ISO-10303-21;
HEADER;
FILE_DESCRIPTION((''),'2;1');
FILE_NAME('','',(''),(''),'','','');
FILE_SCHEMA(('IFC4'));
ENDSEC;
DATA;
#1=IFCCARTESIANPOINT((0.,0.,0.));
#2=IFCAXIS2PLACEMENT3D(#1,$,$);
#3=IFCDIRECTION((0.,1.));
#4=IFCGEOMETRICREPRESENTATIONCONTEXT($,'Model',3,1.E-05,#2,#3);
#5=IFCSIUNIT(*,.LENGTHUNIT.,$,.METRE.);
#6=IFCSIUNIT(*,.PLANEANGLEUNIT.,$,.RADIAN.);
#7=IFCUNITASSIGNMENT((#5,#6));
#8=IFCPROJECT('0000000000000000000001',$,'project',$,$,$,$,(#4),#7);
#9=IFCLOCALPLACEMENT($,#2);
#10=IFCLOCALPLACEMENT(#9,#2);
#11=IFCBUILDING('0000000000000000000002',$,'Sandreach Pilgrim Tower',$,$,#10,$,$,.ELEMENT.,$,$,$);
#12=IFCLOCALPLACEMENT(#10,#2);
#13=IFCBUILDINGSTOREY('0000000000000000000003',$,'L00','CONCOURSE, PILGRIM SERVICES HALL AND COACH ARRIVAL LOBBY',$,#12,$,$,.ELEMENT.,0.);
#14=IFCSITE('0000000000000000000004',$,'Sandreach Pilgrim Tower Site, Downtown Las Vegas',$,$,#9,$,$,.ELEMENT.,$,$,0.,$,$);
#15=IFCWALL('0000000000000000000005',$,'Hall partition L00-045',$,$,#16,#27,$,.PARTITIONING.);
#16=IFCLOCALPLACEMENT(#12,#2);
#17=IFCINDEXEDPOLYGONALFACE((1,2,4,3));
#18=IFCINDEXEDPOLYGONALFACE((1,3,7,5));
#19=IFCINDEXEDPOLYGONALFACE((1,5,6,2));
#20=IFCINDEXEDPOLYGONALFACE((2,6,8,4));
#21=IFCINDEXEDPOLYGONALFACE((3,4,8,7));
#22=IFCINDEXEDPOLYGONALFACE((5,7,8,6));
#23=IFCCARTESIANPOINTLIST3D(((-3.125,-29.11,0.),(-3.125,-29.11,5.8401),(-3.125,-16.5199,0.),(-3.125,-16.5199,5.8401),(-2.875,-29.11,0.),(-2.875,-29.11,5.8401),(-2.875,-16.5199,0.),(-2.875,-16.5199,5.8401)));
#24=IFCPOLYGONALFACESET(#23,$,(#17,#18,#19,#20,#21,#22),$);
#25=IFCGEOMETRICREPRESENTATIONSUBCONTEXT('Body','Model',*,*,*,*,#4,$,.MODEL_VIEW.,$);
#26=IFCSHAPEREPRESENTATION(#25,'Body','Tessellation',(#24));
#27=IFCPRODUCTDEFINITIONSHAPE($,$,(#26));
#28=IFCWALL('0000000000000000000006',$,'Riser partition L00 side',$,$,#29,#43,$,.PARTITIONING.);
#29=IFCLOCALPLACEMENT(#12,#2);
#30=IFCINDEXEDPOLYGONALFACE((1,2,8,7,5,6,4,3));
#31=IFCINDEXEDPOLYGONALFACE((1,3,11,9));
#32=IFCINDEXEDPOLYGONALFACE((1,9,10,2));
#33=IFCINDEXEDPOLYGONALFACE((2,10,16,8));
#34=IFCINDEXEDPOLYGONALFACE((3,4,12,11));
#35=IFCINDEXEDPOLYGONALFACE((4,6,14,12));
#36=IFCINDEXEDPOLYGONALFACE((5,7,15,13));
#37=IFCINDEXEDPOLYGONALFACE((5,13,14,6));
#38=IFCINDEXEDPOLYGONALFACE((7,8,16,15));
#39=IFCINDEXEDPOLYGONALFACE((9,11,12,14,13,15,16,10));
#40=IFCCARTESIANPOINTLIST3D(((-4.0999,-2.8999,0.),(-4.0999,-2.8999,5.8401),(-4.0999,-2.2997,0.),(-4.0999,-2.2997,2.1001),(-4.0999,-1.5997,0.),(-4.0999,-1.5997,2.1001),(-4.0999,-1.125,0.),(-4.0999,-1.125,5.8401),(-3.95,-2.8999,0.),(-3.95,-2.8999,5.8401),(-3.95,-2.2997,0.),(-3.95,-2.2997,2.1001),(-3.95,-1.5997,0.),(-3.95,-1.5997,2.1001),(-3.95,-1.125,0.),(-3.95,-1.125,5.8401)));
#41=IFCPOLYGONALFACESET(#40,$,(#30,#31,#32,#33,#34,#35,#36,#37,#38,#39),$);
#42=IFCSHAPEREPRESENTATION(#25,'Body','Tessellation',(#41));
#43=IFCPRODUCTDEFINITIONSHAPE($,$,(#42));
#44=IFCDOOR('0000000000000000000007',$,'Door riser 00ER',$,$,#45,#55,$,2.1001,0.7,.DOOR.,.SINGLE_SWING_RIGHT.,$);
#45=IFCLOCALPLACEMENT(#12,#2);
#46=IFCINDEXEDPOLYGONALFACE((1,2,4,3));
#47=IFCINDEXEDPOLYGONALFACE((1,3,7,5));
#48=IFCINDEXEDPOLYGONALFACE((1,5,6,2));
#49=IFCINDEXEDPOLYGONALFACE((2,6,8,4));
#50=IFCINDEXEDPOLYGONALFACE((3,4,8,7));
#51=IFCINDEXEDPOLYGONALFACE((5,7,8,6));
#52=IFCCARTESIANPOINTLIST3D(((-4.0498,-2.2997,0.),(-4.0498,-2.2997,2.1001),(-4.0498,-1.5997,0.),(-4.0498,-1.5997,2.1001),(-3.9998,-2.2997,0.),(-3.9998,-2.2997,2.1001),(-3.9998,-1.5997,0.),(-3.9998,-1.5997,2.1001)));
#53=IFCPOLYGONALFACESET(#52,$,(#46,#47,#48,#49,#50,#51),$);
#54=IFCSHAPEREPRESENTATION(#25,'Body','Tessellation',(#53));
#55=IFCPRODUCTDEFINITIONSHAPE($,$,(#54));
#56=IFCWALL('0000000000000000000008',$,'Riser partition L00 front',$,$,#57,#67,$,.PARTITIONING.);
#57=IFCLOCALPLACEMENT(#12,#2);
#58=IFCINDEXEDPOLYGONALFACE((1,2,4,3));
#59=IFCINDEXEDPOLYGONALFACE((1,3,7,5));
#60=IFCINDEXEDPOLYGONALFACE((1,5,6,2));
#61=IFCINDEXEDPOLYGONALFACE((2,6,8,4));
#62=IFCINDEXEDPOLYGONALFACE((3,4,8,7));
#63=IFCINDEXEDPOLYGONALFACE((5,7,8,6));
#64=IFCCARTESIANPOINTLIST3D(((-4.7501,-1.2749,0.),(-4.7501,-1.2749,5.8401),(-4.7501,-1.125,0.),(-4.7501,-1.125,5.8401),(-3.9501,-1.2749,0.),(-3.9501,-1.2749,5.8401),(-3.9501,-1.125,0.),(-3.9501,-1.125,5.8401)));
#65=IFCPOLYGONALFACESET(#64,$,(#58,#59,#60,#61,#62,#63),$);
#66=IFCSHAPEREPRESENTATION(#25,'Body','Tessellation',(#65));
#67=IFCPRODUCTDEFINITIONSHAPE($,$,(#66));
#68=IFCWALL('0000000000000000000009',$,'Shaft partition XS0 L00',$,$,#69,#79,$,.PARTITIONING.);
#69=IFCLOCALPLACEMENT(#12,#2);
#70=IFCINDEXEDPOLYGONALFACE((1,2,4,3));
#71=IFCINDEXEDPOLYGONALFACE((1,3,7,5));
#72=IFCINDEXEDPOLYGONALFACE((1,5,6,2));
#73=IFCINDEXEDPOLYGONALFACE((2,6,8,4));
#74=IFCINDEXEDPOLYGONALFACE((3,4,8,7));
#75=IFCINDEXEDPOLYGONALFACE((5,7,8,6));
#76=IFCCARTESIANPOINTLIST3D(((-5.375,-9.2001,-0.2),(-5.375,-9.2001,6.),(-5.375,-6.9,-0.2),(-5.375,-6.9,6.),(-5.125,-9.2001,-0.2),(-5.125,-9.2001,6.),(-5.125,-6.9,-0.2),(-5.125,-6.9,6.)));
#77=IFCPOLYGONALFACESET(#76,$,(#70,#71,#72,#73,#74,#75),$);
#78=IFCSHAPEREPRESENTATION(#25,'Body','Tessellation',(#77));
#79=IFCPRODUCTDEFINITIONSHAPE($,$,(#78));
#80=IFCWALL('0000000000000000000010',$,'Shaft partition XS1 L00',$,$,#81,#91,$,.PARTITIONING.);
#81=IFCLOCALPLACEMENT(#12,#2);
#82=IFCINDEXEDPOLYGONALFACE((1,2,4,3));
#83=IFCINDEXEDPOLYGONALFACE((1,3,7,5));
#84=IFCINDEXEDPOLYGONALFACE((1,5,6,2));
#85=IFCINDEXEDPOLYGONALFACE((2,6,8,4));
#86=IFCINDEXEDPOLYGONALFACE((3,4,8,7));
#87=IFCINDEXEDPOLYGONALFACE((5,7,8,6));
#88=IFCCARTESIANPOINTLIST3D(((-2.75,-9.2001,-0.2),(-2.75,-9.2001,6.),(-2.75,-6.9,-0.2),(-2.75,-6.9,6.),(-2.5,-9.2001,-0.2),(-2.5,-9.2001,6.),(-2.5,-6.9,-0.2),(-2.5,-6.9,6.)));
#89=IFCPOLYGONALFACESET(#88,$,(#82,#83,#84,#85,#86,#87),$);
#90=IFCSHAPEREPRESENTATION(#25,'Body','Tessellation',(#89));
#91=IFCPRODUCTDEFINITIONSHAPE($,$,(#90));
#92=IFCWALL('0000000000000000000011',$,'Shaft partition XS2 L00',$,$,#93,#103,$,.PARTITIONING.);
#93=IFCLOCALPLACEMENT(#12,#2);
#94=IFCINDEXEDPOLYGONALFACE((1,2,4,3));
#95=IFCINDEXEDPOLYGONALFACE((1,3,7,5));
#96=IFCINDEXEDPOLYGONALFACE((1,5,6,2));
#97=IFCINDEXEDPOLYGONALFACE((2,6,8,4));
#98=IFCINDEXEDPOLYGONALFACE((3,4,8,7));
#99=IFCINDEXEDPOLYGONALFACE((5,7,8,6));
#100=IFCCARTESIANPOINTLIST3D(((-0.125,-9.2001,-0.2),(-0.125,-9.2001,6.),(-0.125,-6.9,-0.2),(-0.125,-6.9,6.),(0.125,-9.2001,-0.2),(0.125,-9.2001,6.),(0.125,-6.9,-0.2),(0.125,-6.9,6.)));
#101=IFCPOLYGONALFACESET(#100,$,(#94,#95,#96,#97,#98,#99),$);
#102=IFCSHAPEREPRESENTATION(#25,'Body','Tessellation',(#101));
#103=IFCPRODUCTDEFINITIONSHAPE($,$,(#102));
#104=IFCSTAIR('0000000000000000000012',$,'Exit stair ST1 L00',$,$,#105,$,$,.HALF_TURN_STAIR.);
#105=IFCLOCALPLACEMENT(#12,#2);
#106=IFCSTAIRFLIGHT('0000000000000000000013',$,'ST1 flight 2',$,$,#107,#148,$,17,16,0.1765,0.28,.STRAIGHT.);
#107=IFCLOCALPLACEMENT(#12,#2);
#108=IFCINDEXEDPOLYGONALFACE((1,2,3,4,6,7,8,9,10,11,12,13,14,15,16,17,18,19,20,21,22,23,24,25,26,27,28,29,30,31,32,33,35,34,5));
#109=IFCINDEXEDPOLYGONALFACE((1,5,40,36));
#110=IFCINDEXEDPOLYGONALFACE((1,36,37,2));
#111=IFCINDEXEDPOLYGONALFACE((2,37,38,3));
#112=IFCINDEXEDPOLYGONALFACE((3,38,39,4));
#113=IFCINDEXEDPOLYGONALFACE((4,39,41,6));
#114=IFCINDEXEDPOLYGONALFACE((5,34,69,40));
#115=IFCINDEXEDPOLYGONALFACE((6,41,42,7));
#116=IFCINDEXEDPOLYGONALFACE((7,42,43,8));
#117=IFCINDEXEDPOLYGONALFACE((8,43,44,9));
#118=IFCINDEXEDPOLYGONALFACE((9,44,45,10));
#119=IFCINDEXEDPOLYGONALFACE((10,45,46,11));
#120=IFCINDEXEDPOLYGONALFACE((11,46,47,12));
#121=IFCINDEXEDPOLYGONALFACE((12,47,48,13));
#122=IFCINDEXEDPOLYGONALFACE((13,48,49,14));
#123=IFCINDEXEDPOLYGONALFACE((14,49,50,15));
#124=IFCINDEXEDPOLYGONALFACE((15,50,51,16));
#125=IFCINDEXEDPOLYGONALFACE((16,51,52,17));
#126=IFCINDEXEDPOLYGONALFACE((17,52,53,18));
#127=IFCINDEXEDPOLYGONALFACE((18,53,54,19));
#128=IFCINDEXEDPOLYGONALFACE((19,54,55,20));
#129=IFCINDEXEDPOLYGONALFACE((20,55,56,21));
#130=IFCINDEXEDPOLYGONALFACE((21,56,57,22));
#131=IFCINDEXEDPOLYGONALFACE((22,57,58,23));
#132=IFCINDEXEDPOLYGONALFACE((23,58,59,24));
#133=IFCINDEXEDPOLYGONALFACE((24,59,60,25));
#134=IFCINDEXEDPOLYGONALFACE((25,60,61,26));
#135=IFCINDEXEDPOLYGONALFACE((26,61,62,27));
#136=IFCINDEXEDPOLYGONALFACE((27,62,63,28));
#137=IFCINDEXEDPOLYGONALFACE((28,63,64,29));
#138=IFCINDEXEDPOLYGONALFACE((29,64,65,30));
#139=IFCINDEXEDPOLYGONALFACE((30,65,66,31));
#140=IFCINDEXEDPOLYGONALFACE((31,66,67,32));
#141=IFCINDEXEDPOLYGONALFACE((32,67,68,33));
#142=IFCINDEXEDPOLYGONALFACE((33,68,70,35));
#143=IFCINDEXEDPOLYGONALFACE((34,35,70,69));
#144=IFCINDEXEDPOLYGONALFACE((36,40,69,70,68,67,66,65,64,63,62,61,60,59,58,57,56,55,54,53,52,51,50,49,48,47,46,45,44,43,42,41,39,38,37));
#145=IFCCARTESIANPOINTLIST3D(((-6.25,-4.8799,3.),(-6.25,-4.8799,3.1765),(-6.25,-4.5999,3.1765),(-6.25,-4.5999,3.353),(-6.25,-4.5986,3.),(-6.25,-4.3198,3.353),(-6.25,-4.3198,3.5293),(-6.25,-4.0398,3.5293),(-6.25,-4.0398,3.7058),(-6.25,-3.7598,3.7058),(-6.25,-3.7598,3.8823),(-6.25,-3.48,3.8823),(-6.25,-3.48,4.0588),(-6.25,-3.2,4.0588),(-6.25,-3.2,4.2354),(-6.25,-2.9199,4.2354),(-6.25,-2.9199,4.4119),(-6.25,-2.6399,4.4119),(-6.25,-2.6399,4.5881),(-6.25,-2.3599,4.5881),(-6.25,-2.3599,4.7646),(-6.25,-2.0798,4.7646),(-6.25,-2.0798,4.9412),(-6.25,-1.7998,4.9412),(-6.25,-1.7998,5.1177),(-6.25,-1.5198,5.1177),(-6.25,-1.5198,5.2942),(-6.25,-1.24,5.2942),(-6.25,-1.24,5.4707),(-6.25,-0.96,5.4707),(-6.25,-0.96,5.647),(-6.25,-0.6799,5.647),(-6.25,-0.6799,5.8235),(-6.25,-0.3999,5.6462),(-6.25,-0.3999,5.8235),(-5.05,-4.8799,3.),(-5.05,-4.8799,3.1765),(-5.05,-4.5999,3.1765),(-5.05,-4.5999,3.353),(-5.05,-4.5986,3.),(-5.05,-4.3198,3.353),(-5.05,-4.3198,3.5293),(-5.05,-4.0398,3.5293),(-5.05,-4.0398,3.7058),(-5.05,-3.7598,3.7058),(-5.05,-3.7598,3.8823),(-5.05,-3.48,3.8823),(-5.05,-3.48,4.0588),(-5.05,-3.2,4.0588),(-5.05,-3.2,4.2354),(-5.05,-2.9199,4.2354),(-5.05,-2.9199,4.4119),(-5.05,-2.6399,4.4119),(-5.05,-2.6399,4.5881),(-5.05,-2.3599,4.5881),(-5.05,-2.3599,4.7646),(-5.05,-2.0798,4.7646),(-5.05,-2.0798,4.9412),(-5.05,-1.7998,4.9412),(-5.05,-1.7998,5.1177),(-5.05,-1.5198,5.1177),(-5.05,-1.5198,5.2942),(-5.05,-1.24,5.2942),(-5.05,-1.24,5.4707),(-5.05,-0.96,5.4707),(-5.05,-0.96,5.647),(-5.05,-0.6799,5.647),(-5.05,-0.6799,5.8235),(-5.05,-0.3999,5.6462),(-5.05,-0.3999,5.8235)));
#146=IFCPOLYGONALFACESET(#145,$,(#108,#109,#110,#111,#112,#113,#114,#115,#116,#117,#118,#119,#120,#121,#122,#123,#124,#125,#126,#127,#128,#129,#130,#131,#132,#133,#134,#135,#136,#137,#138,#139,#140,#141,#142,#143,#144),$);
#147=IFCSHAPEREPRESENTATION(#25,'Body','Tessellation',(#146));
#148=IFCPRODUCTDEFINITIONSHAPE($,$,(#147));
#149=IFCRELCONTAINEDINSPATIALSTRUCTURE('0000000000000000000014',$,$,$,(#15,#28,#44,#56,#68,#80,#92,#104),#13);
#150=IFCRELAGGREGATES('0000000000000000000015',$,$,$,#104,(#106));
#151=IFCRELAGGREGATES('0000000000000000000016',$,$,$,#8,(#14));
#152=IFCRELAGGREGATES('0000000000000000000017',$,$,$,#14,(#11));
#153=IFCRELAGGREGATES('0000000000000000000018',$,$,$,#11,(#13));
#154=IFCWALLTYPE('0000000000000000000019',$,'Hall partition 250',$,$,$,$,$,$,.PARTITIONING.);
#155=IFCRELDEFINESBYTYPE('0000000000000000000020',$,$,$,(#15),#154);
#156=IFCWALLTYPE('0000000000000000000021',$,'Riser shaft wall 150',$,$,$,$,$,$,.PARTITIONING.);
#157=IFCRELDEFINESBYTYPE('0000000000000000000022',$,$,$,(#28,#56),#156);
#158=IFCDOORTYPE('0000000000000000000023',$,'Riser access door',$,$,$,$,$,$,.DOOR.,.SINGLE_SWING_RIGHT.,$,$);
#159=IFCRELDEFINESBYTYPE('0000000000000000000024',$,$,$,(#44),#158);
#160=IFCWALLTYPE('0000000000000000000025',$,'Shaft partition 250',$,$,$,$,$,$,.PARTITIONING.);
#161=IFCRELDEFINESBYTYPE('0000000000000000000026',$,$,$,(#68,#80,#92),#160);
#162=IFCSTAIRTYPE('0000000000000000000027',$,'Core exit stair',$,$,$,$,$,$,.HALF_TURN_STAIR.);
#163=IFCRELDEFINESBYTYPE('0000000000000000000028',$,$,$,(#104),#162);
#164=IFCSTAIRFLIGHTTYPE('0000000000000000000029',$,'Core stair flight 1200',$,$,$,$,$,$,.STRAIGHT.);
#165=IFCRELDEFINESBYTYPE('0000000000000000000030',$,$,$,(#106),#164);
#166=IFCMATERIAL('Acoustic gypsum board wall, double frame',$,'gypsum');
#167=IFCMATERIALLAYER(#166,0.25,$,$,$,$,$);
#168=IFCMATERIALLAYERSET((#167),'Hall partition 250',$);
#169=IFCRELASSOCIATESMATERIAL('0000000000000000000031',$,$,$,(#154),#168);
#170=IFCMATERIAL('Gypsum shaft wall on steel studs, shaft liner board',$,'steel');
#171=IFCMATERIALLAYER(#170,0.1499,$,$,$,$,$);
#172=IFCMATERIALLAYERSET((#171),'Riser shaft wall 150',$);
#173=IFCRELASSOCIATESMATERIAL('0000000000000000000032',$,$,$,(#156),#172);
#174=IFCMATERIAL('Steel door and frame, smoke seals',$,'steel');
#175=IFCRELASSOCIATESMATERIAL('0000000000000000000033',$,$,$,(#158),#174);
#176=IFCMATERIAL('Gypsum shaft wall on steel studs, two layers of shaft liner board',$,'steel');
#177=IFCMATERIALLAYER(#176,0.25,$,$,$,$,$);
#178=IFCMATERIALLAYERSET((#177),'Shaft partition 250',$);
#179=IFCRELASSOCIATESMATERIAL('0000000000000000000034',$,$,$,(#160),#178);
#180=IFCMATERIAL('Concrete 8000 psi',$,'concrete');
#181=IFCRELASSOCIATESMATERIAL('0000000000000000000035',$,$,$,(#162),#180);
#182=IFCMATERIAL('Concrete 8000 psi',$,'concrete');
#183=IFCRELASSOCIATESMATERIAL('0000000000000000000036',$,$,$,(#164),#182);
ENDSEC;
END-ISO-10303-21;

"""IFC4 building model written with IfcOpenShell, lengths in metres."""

from ifc_helpers import new_model, si_unit, direction, frame, frame_2d, origin, place, context, subcontext, project, spatial, polyline, rectangle, outline, extrude, material, layer, layer_set, type_object, element, fill, aggregate, save


model = new_model("IFC4")

# Units and contexts
model_context = context("Model", 3, precision=1e-05, world=origin(), true_north=direction((0.0, 1.0)))
body_context = subcontext(model_context, "Body", "Model", "MODEL_VIEW")
ifc_project = project(units=[si_unit("LENGTHUNIT", "METRE"), si_unit("PLANEANGLEUNIT", "RADIAN")], contexts=[model_context])

# Site, building, storey
site_placement = place(None, origin())
site = spatial("IfcSite", under=ifc_project, at=site_placement, Name="Sandreach Pilgrim Tower Site, Downtown Las Vegas", CompositionType="ELEMENT", RefElevation=0.0)
building_placement = place(site_placement, origin())
building = spatial("IfcBuilding", under=site, at=building_placement, Name="Sandreach Pilgrim Tower", CompositionType="ELEMENT")
storey_placement = place(building_placement, origin())
storey = spatial("IfcBuildingStorey", under=building, at=storey_placement, Name="L00", Description="CONCOURSE, PILGRIM SERVICES HALL AND COACH ARRIVAL LOBBY", CompositionType="ELEMENT", Elevation=0.0)

# Wall
ifc_material_1 = material(Name="Acoustic gypsum board wall, double frame", Category="gypsum")
ifc_layer_1 = layer(ifc_material_1, 0.25)
ifc_layer_set_1 = layer_set([ifc_layer_1], Name="Hall partition 250")
wall_type_1 = type_object("IfcWallType", Name="Hall partition 250", PredefinedType="PARTITIONING", material=ifc_layer_set_1)
wall_1_placement = place(storey_placement, frame((-3.0, -16.52, 0.0), z_axis=(0.0, 0.0, 1.0), x_axis=(0.0, -1.0, 0.0)))
element("IfcWall", 1, at=wall_1_placement, inside=storey, type_object=wall_type_1, Name="Hall partition L00-045", PredefinedType="PARTITIONING", context=body_context, shape_type="SweptSolid", body=[
    extrude(rectangle(XDim=12.5901, YDim=0.25, at=frame_2d((6.2949, 0.0))), origin(), (0.0, 0.0, 1.0), 5.8401),
])

# Wall, opening, door
ifc_material_2 = material(Name="Gypsum shaft wall on steel studs, shaft liner board", Category="steel")
ifc_layer_2 = layer(ifc_material_2, 0.1499)
ifc_layer_set_2 = layer_set([ifc_layer_2], Name="Riser shaft wall 150")
wall_type_2 = type_object("IfcWallType", Name="Riser shaft wall 150", PredefinedType="PARTITIONING", material=ifc_layer_set_2)
wall_2_placement = place(storey_placement, frame((-4.0249, -2.8999, 0.0), z_axis=(0.0, 0.0, 1.0), x_axis=(0.0, 1.0, 0.0)))
wall_2 = element("IfcWall", 2, at=wall_2_placement, inside=storey, type_object=wall_type_2, Name="Riser partition L00 side", PredefinedType="PARTITIONING", context=body_context, shape_type="SweptSolid", body=[
    extrude(rectangle(XDim=1.7749, YDim=0.1499, at=frame_2d((0.8875, 0.0))), origin(), (0.0, 0.0, 1.0), 5.8401),
])
opening_1_placement = place(wall_2_placement, frame((0.6001, 0.0, 0.0)))
opening_1 = element("IfcOpeningElement", 3, at=opening_1_placement, cuts=wall_2, PredefinedType="OPENING", context=body_context, shape_type="SweptSolid", body=[
    extrude(rectangle(XDim=0.7, YDim=2.1001, at=frame_2d((0.3501, 1.05))), frame((0.0, 0.075, 0.0), z_axis=(0.0, -1.0, 0.0), x_axis=(1.0, 0.0, 0.0)), (0.0, 0.0, 1.0), 0.1499),
])
ifc_material_3 = material(Name="Steel door and frame, smoke seals", Category="steel")
door_type_1 = type_object("IfcDoorType", Name="Riser access door", OperationType="SINGLE_SWING_RIGHT", PredefinedType="DOOR", material=ifc_material_3)
door_1_placement = place(opening_1_placement, origin())
door_1 = element("IfcDoor", 4, at=door_1_placement, inside=storey, type_object=door_type_1, Name="Door riser 00ER", OperationType="SINGLE_SWING_RIGHT", OverallHeight=2.1001, OverallWidth=0.7, PredefinedType="DOOR", context=body_context, shape_type="SweptSolid", body=[
    extrude(rectangle(XDim=0.7, YDim=2.1001, at=frame_2d((0.3501, 1.05))), frame((0.0, 0.0249, 0.0), z_axis=(0.0, -1.0, 0.0), x_axis=(1.0, 0.0, 0.0)), (0.0, 0.0, 1.0), 0.05),
])
fill(opening_1, door_1)

# Walls
wall_3_placement = place(storey_placement, frame((-4.75, -1.2, 0.0), z_axis=(0.0, 0.0, 1.0), x_axis=(1.0, 0.0, 0.0)))
element("IfcWall", 5, at=wall_3_placement, inside=storey, type_object=wall_type_2, Name="Riser partition L00 front", PredefinedType="PARTITIONING", context=body_context, shape_type="SweptSolid", body=[
    extrude(rectangle(XDim=0.8, YDim=0.1499, at=frame_2d((0.3999, 0.0))), origin(), (0.0, 0.0, 1.0), 5.8401),
])
ifc_material_4 = material(Name="Gypsum shaft wall on steel studs, two layers of shaft liner board", Category="steel")
ifc_layer_3 = layer(ifc_material_4, 0.25)
ifc_layer_set_3 = layer_set([ifc_layer_3], Name="Shaft partition 250")
wall_type_3 = type_object("IfcWallType", Name="Shaft partition 250", PredefinedType="PARTITIONING", material=ifc_layer_set_3)
for number, where, z_axis, x_axis, name in (
    (6, (-5.25, -9.2, -0.2), (0.0, 0.0, 1.0), (0.0, 1.0, 0.0), "Shaft partition XS0 L00"),
    (7, (-2.625, -9.2, -0.2), (0.0, 0.0, 1.0), (0.0, 1.0, 0.0), "Shaft partition XS1 L00"),
    (8, (0.0, -9.2, -0.2), (0.0, 0.0, 1.0), (0.0, 1.0, 0.0), "Shaft partition XS2 L00"),
):
    element("IfcWall", number, at=place(storey_placement, frame(where, z_axis=z_axis, x_axis=x_axis)), inside=storey, type_object=wall_type_3, Name=name, PredefinedType="PARTITIONING", context=body_context, shape_type="SweptSolid", body=[
        extrude(rectangle(XDim=2.3, YDim=0.25, at=frame_2d((1.1499, 0.0))), origin(), (0.0, 0.0, 1.0), 6.2),
    ])

# Stair, stair flight
ifc_material_5 = material(Name="Concrete 8000 psi", Category="concrete")
stair_type = type_object("IfcStairType", Name="Core exit stair", PredefinedType="HALF_TURN_STAIR", material=ifc_material_5)
stair_1_placement = place(storey_placement, origin())
stair_1 = element("IfcStair", 9, at=stair_1_placement, inside=storey, type_object=stair_type, Name="Exit stair ST1 L00", PredefinedType="HALF_TURN_STAIR")
ifc_material_6 = material(Name="Concrete 8000 psi", Category="concrete")
stair_flight_type = type_object("IfcStairFlightType", Name="Core stair flight 1200", PredefinedType="STRAIGHT", material=ifc_material_6)
stair_flight_1_placement = place(storey_placement, frame((-5.6499, -4.8799, 3.0), z_axis=(0.0, 0.0, 1.0), x_axis=(0.0, 1.0, 0.0)))
stair_flight_1 = element("IfcStairFlight", 10, at=stair_flight_1_placement, type_object=stair_flight_type, Name="ST1 flight 2", NumberOfRisers=17, NumberOfTreads=16, PredefinedType="STRAIGHT", RiserHeight=0.1765, TreadLength=0.28, context=body_context, shape_type="SweptSolid", body=[
    extrude(outline(polyline([(0.0, 0.0), (0.0, 0.1765), (0.28, 0.1765), (0.28, 0.353), (0.5601, 0.353), (0.5601, 0.5293), (0.8401, 0.5293), (0.8401, 0.7058), (1.1201, 0.7058), (1.1201, 0.8823), (1.3999, 0.8823), (1.3999, 1.0588), (1.6799, 1.0588), (1.6799, 1.2354), (1.96, 1.2354), (1.96, 1.4119), (2.24, 1.4119), (2.24, 1.5881), (2.52, 1.5881), (2.52, 1.7646), (2.8, 1.7646), (2.8, 1.9412), (3.0801, 1.9412), (3.0801, 2.1177), (3.3601, 2.1177), (3.3601, 2.2942), (3.6399, 2.2942), (3.6399, 2.4707), (3.9199, 2.4707), (3.9199, 2.647), (4.2, 2.647), (4.2, 2.8235), (4.48, 2.8235), (4.48, 3.0), (4.48, 2.6462), (0.2812, 0.0), (0.0, 0.0)])), frame((0.0, 0.6001, 0.0), z_axis=(0.0, -1.0, 0.0), x_axis=(1.0, 0.0, 0.0)), (0.0, 0.0, 1.0), 1.2),
])
aggregate(stair_1, [stair_flight_1])

save(model, "model.ifc")
